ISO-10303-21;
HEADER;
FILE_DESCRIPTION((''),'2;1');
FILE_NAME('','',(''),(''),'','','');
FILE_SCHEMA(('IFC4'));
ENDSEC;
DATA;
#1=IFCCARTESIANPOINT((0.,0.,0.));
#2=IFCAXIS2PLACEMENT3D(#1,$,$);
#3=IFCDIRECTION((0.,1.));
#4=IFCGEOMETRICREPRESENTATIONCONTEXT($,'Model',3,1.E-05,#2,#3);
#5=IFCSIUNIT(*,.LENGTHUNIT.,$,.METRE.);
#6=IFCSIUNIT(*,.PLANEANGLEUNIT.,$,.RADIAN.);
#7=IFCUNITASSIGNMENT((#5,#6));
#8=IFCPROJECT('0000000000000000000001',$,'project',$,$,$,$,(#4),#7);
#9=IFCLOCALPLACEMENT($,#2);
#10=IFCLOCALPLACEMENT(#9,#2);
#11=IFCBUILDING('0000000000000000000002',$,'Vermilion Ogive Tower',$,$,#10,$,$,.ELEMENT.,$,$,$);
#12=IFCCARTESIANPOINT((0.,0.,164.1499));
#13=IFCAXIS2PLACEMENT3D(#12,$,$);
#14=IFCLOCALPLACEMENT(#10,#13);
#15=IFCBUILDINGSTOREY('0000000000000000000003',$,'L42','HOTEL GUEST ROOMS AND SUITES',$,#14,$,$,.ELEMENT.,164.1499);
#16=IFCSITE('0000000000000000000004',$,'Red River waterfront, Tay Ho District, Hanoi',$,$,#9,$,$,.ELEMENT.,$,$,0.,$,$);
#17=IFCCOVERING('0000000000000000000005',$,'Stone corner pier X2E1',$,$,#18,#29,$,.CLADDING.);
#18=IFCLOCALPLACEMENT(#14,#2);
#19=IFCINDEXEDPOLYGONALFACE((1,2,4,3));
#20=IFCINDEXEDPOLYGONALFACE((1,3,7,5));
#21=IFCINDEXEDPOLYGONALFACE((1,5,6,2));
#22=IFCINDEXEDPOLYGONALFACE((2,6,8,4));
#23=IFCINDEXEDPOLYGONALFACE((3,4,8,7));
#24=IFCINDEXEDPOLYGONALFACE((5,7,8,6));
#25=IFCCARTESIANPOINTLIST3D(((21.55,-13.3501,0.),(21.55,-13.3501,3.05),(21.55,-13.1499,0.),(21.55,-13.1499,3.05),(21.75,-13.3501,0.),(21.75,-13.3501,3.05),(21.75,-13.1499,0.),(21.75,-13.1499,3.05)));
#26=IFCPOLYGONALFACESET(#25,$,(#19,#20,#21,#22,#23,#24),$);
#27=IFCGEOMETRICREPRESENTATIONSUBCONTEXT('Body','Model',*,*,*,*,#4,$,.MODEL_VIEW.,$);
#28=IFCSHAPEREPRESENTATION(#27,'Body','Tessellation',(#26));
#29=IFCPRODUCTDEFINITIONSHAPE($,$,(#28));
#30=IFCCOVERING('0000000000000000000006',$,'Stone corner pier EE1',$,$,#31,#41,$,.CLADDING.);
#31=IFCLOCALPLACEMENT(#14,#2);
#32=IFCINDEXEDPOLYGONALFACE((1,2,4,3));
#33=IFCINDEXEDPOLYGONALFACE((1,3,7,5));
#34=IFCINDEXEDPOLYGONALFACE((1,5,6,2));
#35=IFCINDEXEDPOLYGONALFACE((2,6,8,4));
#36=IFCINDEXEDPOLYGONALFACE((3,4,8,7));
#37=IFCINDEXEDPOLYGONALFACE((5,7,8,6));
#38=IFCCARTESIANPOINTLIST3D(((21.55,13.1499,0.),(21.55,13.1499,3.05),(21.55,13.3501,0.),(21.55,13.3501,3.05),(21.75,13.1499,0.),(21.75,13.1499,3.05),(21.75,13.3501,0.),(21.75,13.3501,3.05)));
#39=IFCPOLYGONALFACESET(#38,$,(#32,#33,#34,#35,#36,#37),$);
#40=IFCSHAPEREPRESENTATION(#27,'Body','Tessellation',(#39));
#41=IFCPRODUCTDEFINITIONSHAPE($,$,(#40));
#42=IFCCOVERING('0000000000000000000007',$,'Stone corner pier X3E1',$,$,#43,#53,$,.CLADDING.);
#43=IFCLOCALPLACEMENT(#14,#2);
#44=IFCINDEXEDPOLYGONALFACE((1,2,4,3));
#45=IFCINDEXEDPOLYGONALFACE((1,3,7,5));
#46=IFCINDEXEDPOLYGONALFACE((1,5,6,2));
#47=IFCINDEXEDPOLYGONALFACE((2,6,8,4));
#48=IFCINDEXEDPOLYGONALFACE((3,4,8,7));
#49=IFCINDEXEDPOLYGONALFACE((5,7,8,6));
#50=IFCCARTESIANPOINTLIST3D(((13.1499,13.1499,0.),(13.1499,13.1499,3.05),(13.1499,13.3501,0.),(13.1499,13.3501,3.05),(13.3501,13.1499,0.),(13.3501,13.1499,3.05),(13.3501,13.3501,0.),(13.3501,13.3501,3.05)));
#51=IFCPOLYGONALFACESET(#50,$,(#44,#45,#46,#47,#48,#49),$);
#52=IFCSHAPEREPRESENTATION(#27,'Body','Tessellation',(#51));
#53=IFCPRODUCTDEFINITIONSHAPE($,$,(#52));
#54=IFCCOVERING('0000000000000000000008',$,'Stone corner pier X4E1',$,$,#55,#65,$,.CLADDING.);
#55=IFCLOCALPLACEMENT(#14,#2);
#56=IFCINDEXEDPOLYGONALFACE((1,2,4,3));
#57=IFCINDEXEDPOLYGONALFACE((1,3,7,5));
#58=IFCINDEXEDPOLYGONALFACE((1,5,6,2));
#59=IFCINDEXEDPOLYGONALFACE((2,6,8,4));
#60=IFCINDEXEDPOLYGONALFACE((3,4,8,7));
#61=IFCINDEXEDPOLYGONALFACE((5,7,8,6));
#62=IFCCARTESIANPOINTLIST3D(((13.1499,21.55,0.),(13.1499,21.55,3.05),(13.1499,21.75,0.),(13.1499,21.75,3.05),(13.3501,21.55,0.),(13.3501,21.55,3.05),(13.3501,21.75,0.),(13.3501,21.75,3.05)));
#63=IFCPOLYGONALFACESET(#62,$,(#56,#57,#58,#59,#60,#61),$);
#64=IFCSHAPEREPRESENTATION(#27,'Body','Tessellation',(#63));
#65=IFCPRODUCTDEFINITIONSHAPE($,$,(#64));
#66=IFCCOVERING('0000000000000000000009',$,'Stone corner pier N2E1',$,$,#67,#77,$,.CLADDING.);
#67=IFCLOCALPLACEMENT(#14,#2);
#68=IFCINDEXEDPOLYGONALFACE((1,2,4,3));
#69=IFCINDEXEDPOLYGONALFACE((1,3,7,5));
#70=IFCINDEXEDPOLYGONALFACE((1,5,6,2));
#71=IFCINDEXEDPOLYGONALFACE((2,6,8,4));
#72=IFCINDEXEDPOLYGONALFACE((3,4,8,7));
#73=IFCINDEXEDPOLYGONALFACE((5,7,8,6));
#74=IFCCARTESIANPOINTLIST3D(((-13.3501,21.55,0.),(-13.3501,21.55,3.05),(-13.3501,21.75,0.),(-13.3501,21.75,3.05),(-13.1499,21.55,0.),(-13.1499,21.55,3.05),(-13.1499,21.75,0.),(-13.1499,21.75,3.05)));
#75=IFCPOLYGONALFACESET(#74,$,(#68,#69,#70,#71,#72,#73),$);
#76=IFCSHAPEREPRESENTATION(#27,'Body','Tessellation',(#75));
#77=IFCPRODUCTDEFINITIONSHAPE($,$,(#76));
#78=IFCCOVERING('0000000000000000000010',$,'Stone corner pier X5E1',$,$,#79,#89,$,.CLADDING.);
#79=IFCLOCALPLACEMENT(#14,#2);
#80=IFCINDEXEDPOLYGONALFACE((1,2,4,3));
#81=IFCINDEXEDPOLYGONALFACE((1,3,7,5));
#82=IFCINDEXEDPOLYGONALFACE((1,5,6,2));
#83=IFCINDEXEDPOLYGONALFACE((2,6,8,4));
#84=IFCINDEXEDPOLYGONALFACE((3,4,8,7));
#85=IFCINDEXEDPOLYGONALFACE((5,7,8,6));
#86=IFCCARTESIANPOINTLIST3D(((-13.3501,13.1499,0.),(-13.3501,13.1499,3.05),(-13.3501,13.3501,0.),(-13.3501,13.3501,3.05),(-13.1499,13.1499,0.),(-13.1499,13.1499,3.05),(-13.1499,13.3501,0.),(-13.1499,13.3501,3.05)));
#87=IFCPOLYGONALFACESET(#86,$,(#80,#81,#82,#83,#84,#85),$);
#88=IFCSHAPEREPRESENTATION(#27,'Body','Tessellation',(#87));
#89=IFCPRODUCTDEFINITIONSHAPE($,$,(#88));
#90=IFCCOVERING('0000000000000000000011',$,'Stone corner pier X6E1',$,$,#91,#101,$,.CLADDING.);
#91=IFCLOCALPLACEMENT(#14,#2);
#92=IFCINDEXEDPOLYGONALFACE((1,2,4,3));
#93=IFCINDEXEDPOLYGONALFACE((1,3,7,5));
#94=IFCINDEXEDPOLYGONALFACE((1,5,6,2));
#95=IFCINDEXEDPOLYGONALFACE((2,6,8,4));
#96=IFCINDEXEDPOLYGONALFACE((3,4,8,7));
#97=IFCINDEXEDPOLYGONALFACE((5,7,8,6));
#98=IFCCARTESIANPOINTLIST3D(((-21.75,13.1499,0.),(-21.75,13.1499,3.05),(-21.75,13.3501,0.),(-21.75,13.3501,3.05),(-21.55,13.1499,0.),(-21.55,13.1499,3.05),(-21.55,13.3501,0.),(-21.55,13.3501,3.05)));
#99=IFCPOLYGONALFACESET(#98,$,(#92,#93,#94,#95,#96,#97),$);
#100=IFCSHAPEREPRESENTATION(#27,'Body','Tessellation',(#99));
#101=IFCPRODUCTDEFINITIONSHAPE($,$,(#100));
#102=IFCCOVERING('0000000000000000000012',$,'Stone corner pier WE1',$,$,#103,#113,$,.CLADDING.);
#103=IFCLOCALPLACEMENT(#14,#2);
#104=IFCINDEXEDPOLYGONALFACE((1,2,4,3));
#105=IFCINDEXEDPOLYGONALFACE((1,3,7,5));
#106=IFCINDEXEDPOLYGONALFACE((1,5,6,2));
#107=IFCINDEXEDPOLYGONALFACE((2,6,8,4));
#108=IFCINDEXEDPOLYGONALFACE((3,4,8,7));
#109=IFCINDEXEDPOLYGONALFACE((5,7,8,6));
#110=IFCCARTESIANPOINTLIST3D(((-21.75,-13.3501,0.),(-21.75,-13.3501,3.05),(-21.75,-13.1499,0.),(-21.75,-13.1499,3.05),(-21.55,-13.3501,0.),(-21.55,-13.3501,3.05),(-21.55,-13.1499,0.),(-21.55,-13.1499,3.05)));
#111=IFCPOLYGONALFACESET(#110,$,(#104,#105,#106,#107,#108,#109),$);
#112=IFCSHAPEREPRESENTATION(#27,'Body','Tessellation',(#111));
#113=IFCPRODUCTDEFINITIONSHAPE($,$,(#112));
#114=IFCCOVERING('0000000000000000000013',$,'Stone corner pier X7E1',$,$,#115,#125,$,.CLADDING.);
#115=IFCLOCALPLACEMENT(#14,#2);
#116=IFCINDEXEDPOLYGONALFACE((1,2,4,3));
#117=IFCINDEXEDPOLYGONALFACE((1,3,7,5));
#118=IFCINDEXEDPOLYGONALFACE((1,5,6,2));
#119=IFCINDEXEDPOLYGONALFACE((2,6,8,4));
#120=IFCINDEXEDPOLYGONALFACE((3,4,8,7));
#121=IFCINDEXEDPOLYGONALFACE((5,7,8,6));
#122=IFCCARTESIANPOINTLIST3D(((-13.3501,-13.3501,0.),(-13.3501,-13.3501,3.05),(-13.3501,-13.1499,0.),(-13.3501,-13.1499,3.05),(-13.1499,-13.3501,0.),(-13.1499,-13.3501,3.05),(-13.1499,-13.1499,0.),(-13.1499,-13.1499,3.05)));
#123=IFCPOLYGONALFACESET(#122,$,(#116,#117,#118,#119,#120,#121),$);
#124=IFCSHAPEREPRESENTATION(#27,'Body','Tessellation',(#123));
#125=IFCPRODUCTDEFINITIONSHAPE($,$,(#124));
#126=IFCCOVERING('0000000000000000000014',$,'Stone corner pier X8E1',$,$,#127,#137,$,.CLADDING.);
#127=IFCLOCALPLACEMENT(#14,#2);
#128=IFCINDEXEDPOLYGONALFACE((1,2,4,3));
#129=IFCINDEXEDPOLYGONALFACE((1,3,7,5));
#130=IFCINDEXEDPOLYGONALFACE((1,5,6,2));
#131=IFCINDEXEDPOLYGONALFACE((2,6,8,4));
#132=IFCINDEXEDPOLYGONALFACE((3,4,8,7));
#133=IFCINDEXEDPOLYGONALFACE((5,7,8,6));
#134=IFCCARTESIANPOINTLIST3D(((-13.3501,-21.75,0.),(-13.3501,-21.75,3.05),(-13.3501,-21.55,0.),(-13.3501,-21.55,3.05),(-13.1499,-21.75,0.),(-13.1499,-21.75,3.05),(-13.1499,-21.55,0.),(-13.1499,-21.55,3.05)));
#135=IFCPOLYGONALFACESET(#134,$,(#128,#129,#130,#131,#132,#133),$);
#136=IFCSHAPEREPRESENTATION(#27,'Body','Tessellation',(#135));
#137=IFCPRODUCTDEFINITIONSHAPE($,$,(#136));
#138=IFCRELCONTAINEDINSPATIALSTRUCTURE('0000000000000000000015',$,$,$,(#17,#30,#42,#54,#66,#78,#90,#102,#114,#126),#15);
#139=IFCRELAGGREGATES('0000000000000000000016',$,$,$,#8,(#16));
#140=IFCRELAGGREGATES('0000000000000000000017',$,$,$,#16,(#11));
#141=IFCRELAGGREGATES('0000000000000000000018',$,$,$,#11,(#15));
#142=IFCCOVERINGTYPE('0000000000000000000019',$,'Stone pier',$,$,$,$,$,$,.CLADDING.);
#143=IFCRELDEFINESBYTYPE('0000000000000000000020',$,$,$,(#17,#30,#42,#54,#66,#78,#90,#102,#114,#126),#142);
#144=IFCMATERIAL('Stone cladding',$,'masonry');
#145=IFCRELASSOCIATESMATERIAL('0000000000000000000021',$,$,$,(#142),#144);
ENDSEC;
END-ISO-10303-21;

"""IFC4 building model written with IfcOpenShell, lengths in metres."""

from ifc_helpers import new_model, si_unit, direction, frame, origin, place, context, subcontext, project, spatial, polyline, outline, extrude, material, type_object, element, save


model = new_model("IFC4")

# Units and contexts
model_context = context("Model", 3, precision=1e-05, world=origin(), true_north=direction((0.0, 1.0)))
body_context = subcontext(model_context, "Body", "Model", "MODEL_VIEW")
ifc_project = project(units=[si_unit("LENGTHUNIT", "METRE"), si_unit("PLANEANGLEUNIT", "RADIAN")], contexts=[model_context])

# Site, building, storey
site_placement = place(None, origin())
site = spatial("IfcSite", under=ifc_project, at=site_placement, Name="Red River waterfront, Tay Ho District, Hanoi", CompositionType="ELEMENT", RefElevation=0.0)
building_placement = place(site_placement, origin())
building = spatial("IfcBuilding", under=site, at=building_placement, Name="Vermilion Ogive Tower", CompositionType="ELEMENT")
storey_placement = place(building_placement, frame((0.0, 0.0, 164.1499)))
storey = spatial("IfcBuildingStorey", under=building, at=storey_placement, Name="L42", Description="HOTEL GUEST ROOMS AND SUITES", CompositionType="ELEMENT", Elevation=164.1499)

# Coverings
ifc_material_1 = material(Name="Stone cladding", Category="masonry")
covering_type_1 = type_object("IfcCoveringType", Name="Stone pier", PredefinedType="CLADDING", material=ifc_material_1)
covering_1_placement = place(storey_placement, origin())
element("IfcCovering", 1, at=covering_1_placement, inside=storey, type_object=covering_type_1, Name="Stone corner pier X2E1", PredefinedType="CLADDING", context=body_context, shape_type="SweptSolid", body=[
    extrude(outline(polyline([(21.55, -13.3501), (21.55, -13.1499), (21.75, -13.1499), (21.75, -13.3501), (21.55, -13.3501)])), origin(), (0.0, 0.0, 1.0), 3.05),
])
covering_2_placement = place(storey_placement, origin())
element("IfcCovering", 2, at=covering_2_placement, inside=storey, type_object=covering_type_1, Name="Stone corner pier EE1", PredefinedType="CLADDING", context=body_context, shape_type="SweptSolid", body=[
    extrude(outline(polyline([(21.75, 13.1499), (21.55, 13.1499), (21.55, 13.3501), (21.75, 13.3501), (21.75, 13.1499)])), origin(), (0.0, 0.0, 1.0), 3.05),
])
covering_3_placement = place(storey_placement, origin())
element("IfcCovering", 3, at=covering_3_placement, inside=storey, type_object=covering_type_1, Name="Stone corner pier X3E1", PredefinedType="CLADDING", context=body_context, shape_type="SweptSolid", body=[
    extrude(outline(polyline([(13.1499, 13.1499), (13.1499, 13.3501), (13.3501, 13.3501), (13.3501, 13.1499), (13.1499, 13.1499)])), origin(), (0.0, 0.0, 1.0), 3.05),
])
covering_4_placement = place(storey_placement, origin())
element("IfcCovering", 4, at=covering_4_placement, inside=storey, type_object=covering_type_1, Name="Stone corner pier X4E1", PredefinedType="CLADDING", context=body_context, shape_type="SweptSolid", body=[
    extrude(outline(polyline([(13.3501, 21.55), (13.1499, 21.55), (13.1499, 21.75), (13.3501, 21.75), (13.3501, 21.55)])), origin(), (0.0, 0.0, 1.0), 3.05),
])
covering_5_placement = place(storey_placement, origin())
element("IfcCovering", 5, at=covering_5_placement, inside=storey, type_object=covering_type_1, Name="Stone corner pier N2E1", PredefinedType="CLADDING", context=body_context, shape_type="SweptSolid", body=[
    extrude(outline(polyline([(-13.1499, 21.75), (-13.1499, 21.55), (-13.3501, 21.55), (-13.3501, 21.75), (-13.1499, 21.75)])), origin(), (0.0, 0.0, 1.0), 3.05),
])
covering_6_placement = place(storey_placement, origin())
element("IfcCovering", 6, at=covering_6_placement, inside=storey, type_object=covering_type_1, Name="Stone corner pier X5E1", PredefinedType="CLADDING", context=body_context, shape_type="SweptSolid", body=[
    extrude(outline(polyline([(-13.1499, 13.1499), (-13.3501, 13.1499), (-13.3501, 13.3501), (-13.1499, 13.3501), (-13.1499, 13.1499)])), origin(), (0.0, 0.0, 1.0), 3.05),
])
covering_7_placement = place(storey_placement, origin())
element("IfcCovering", 7, at=covering_7_placement, inside=storey, type_object=covering_type_1, Name="Stone corner pier X6E1", PredefinedType="CLADDING", context=body_context, shape_type="SweptSolid", body=[
    extrude(outline(polyline([(-21.55, 13.3501), (-21.55, 13.1499), (-21.75, 13.1499), (-21.75, 13.3501), (-21.55, 13.3501)])), origin(), (0.0, 0.0, 1.0), 3.05),
])
covering_8_placement = place(storey_placement, origin())
element("IfcCovering", 8, at=covering_8_placement, inside=storey, type_object=covering_type_1, Name="Stone corner pier WE1", PredefinedType="CLADDING", context=body_context, shape_type="SweptSolid", body=[
    extrude(outline(polyline([(-21.75, -13.1499), (-21.55, -13.1499), (-21.55, -13.3501), (-21.75, -13.3501), (-21.75, -13.1499)])), origin(), (0.0, 0.0, 1.0), 3.05),
])
covering_9_placement = place(storey_placement, origin())
element("IfcCovering", 9, at=covering_9_placement, inside=storey, type_object=covering_type_1, Name="Stone corner pier X7E1", PredefinedType="CLADDING", context=body_context, shape_type="SweptSolid", body=[
    extrude(outline(polyline([(-13.1499, -13.1499), (-13.1499, -13.3501), (-13.3501, -13.3501), (-13.3501, -13.1499), (-13.1499, -13.1499)])), origin(), (0.0, 0.0, 1.0), 3.05),
])
covering_10_placement = place(storey_placement, origin())
element("IfcCovering", 10, at=covering_10_placement, inside=storey, type_object=covering_type_1, Name="Stone corner pier X8E1", PredefinedType="CLADDING", context=body_context, shape_type="SweptSolid", body=[
    extrude(outline(polyline([(-13.3501, -21.55), (-13.1499, -21.55), (-13.1499, -21.75), (-13.3501, -21.75), (-13.3501, -21.55)])), origin(), (0.0, 0.0, 1.0), 3.05),
])

save(model, "model.ifc")
